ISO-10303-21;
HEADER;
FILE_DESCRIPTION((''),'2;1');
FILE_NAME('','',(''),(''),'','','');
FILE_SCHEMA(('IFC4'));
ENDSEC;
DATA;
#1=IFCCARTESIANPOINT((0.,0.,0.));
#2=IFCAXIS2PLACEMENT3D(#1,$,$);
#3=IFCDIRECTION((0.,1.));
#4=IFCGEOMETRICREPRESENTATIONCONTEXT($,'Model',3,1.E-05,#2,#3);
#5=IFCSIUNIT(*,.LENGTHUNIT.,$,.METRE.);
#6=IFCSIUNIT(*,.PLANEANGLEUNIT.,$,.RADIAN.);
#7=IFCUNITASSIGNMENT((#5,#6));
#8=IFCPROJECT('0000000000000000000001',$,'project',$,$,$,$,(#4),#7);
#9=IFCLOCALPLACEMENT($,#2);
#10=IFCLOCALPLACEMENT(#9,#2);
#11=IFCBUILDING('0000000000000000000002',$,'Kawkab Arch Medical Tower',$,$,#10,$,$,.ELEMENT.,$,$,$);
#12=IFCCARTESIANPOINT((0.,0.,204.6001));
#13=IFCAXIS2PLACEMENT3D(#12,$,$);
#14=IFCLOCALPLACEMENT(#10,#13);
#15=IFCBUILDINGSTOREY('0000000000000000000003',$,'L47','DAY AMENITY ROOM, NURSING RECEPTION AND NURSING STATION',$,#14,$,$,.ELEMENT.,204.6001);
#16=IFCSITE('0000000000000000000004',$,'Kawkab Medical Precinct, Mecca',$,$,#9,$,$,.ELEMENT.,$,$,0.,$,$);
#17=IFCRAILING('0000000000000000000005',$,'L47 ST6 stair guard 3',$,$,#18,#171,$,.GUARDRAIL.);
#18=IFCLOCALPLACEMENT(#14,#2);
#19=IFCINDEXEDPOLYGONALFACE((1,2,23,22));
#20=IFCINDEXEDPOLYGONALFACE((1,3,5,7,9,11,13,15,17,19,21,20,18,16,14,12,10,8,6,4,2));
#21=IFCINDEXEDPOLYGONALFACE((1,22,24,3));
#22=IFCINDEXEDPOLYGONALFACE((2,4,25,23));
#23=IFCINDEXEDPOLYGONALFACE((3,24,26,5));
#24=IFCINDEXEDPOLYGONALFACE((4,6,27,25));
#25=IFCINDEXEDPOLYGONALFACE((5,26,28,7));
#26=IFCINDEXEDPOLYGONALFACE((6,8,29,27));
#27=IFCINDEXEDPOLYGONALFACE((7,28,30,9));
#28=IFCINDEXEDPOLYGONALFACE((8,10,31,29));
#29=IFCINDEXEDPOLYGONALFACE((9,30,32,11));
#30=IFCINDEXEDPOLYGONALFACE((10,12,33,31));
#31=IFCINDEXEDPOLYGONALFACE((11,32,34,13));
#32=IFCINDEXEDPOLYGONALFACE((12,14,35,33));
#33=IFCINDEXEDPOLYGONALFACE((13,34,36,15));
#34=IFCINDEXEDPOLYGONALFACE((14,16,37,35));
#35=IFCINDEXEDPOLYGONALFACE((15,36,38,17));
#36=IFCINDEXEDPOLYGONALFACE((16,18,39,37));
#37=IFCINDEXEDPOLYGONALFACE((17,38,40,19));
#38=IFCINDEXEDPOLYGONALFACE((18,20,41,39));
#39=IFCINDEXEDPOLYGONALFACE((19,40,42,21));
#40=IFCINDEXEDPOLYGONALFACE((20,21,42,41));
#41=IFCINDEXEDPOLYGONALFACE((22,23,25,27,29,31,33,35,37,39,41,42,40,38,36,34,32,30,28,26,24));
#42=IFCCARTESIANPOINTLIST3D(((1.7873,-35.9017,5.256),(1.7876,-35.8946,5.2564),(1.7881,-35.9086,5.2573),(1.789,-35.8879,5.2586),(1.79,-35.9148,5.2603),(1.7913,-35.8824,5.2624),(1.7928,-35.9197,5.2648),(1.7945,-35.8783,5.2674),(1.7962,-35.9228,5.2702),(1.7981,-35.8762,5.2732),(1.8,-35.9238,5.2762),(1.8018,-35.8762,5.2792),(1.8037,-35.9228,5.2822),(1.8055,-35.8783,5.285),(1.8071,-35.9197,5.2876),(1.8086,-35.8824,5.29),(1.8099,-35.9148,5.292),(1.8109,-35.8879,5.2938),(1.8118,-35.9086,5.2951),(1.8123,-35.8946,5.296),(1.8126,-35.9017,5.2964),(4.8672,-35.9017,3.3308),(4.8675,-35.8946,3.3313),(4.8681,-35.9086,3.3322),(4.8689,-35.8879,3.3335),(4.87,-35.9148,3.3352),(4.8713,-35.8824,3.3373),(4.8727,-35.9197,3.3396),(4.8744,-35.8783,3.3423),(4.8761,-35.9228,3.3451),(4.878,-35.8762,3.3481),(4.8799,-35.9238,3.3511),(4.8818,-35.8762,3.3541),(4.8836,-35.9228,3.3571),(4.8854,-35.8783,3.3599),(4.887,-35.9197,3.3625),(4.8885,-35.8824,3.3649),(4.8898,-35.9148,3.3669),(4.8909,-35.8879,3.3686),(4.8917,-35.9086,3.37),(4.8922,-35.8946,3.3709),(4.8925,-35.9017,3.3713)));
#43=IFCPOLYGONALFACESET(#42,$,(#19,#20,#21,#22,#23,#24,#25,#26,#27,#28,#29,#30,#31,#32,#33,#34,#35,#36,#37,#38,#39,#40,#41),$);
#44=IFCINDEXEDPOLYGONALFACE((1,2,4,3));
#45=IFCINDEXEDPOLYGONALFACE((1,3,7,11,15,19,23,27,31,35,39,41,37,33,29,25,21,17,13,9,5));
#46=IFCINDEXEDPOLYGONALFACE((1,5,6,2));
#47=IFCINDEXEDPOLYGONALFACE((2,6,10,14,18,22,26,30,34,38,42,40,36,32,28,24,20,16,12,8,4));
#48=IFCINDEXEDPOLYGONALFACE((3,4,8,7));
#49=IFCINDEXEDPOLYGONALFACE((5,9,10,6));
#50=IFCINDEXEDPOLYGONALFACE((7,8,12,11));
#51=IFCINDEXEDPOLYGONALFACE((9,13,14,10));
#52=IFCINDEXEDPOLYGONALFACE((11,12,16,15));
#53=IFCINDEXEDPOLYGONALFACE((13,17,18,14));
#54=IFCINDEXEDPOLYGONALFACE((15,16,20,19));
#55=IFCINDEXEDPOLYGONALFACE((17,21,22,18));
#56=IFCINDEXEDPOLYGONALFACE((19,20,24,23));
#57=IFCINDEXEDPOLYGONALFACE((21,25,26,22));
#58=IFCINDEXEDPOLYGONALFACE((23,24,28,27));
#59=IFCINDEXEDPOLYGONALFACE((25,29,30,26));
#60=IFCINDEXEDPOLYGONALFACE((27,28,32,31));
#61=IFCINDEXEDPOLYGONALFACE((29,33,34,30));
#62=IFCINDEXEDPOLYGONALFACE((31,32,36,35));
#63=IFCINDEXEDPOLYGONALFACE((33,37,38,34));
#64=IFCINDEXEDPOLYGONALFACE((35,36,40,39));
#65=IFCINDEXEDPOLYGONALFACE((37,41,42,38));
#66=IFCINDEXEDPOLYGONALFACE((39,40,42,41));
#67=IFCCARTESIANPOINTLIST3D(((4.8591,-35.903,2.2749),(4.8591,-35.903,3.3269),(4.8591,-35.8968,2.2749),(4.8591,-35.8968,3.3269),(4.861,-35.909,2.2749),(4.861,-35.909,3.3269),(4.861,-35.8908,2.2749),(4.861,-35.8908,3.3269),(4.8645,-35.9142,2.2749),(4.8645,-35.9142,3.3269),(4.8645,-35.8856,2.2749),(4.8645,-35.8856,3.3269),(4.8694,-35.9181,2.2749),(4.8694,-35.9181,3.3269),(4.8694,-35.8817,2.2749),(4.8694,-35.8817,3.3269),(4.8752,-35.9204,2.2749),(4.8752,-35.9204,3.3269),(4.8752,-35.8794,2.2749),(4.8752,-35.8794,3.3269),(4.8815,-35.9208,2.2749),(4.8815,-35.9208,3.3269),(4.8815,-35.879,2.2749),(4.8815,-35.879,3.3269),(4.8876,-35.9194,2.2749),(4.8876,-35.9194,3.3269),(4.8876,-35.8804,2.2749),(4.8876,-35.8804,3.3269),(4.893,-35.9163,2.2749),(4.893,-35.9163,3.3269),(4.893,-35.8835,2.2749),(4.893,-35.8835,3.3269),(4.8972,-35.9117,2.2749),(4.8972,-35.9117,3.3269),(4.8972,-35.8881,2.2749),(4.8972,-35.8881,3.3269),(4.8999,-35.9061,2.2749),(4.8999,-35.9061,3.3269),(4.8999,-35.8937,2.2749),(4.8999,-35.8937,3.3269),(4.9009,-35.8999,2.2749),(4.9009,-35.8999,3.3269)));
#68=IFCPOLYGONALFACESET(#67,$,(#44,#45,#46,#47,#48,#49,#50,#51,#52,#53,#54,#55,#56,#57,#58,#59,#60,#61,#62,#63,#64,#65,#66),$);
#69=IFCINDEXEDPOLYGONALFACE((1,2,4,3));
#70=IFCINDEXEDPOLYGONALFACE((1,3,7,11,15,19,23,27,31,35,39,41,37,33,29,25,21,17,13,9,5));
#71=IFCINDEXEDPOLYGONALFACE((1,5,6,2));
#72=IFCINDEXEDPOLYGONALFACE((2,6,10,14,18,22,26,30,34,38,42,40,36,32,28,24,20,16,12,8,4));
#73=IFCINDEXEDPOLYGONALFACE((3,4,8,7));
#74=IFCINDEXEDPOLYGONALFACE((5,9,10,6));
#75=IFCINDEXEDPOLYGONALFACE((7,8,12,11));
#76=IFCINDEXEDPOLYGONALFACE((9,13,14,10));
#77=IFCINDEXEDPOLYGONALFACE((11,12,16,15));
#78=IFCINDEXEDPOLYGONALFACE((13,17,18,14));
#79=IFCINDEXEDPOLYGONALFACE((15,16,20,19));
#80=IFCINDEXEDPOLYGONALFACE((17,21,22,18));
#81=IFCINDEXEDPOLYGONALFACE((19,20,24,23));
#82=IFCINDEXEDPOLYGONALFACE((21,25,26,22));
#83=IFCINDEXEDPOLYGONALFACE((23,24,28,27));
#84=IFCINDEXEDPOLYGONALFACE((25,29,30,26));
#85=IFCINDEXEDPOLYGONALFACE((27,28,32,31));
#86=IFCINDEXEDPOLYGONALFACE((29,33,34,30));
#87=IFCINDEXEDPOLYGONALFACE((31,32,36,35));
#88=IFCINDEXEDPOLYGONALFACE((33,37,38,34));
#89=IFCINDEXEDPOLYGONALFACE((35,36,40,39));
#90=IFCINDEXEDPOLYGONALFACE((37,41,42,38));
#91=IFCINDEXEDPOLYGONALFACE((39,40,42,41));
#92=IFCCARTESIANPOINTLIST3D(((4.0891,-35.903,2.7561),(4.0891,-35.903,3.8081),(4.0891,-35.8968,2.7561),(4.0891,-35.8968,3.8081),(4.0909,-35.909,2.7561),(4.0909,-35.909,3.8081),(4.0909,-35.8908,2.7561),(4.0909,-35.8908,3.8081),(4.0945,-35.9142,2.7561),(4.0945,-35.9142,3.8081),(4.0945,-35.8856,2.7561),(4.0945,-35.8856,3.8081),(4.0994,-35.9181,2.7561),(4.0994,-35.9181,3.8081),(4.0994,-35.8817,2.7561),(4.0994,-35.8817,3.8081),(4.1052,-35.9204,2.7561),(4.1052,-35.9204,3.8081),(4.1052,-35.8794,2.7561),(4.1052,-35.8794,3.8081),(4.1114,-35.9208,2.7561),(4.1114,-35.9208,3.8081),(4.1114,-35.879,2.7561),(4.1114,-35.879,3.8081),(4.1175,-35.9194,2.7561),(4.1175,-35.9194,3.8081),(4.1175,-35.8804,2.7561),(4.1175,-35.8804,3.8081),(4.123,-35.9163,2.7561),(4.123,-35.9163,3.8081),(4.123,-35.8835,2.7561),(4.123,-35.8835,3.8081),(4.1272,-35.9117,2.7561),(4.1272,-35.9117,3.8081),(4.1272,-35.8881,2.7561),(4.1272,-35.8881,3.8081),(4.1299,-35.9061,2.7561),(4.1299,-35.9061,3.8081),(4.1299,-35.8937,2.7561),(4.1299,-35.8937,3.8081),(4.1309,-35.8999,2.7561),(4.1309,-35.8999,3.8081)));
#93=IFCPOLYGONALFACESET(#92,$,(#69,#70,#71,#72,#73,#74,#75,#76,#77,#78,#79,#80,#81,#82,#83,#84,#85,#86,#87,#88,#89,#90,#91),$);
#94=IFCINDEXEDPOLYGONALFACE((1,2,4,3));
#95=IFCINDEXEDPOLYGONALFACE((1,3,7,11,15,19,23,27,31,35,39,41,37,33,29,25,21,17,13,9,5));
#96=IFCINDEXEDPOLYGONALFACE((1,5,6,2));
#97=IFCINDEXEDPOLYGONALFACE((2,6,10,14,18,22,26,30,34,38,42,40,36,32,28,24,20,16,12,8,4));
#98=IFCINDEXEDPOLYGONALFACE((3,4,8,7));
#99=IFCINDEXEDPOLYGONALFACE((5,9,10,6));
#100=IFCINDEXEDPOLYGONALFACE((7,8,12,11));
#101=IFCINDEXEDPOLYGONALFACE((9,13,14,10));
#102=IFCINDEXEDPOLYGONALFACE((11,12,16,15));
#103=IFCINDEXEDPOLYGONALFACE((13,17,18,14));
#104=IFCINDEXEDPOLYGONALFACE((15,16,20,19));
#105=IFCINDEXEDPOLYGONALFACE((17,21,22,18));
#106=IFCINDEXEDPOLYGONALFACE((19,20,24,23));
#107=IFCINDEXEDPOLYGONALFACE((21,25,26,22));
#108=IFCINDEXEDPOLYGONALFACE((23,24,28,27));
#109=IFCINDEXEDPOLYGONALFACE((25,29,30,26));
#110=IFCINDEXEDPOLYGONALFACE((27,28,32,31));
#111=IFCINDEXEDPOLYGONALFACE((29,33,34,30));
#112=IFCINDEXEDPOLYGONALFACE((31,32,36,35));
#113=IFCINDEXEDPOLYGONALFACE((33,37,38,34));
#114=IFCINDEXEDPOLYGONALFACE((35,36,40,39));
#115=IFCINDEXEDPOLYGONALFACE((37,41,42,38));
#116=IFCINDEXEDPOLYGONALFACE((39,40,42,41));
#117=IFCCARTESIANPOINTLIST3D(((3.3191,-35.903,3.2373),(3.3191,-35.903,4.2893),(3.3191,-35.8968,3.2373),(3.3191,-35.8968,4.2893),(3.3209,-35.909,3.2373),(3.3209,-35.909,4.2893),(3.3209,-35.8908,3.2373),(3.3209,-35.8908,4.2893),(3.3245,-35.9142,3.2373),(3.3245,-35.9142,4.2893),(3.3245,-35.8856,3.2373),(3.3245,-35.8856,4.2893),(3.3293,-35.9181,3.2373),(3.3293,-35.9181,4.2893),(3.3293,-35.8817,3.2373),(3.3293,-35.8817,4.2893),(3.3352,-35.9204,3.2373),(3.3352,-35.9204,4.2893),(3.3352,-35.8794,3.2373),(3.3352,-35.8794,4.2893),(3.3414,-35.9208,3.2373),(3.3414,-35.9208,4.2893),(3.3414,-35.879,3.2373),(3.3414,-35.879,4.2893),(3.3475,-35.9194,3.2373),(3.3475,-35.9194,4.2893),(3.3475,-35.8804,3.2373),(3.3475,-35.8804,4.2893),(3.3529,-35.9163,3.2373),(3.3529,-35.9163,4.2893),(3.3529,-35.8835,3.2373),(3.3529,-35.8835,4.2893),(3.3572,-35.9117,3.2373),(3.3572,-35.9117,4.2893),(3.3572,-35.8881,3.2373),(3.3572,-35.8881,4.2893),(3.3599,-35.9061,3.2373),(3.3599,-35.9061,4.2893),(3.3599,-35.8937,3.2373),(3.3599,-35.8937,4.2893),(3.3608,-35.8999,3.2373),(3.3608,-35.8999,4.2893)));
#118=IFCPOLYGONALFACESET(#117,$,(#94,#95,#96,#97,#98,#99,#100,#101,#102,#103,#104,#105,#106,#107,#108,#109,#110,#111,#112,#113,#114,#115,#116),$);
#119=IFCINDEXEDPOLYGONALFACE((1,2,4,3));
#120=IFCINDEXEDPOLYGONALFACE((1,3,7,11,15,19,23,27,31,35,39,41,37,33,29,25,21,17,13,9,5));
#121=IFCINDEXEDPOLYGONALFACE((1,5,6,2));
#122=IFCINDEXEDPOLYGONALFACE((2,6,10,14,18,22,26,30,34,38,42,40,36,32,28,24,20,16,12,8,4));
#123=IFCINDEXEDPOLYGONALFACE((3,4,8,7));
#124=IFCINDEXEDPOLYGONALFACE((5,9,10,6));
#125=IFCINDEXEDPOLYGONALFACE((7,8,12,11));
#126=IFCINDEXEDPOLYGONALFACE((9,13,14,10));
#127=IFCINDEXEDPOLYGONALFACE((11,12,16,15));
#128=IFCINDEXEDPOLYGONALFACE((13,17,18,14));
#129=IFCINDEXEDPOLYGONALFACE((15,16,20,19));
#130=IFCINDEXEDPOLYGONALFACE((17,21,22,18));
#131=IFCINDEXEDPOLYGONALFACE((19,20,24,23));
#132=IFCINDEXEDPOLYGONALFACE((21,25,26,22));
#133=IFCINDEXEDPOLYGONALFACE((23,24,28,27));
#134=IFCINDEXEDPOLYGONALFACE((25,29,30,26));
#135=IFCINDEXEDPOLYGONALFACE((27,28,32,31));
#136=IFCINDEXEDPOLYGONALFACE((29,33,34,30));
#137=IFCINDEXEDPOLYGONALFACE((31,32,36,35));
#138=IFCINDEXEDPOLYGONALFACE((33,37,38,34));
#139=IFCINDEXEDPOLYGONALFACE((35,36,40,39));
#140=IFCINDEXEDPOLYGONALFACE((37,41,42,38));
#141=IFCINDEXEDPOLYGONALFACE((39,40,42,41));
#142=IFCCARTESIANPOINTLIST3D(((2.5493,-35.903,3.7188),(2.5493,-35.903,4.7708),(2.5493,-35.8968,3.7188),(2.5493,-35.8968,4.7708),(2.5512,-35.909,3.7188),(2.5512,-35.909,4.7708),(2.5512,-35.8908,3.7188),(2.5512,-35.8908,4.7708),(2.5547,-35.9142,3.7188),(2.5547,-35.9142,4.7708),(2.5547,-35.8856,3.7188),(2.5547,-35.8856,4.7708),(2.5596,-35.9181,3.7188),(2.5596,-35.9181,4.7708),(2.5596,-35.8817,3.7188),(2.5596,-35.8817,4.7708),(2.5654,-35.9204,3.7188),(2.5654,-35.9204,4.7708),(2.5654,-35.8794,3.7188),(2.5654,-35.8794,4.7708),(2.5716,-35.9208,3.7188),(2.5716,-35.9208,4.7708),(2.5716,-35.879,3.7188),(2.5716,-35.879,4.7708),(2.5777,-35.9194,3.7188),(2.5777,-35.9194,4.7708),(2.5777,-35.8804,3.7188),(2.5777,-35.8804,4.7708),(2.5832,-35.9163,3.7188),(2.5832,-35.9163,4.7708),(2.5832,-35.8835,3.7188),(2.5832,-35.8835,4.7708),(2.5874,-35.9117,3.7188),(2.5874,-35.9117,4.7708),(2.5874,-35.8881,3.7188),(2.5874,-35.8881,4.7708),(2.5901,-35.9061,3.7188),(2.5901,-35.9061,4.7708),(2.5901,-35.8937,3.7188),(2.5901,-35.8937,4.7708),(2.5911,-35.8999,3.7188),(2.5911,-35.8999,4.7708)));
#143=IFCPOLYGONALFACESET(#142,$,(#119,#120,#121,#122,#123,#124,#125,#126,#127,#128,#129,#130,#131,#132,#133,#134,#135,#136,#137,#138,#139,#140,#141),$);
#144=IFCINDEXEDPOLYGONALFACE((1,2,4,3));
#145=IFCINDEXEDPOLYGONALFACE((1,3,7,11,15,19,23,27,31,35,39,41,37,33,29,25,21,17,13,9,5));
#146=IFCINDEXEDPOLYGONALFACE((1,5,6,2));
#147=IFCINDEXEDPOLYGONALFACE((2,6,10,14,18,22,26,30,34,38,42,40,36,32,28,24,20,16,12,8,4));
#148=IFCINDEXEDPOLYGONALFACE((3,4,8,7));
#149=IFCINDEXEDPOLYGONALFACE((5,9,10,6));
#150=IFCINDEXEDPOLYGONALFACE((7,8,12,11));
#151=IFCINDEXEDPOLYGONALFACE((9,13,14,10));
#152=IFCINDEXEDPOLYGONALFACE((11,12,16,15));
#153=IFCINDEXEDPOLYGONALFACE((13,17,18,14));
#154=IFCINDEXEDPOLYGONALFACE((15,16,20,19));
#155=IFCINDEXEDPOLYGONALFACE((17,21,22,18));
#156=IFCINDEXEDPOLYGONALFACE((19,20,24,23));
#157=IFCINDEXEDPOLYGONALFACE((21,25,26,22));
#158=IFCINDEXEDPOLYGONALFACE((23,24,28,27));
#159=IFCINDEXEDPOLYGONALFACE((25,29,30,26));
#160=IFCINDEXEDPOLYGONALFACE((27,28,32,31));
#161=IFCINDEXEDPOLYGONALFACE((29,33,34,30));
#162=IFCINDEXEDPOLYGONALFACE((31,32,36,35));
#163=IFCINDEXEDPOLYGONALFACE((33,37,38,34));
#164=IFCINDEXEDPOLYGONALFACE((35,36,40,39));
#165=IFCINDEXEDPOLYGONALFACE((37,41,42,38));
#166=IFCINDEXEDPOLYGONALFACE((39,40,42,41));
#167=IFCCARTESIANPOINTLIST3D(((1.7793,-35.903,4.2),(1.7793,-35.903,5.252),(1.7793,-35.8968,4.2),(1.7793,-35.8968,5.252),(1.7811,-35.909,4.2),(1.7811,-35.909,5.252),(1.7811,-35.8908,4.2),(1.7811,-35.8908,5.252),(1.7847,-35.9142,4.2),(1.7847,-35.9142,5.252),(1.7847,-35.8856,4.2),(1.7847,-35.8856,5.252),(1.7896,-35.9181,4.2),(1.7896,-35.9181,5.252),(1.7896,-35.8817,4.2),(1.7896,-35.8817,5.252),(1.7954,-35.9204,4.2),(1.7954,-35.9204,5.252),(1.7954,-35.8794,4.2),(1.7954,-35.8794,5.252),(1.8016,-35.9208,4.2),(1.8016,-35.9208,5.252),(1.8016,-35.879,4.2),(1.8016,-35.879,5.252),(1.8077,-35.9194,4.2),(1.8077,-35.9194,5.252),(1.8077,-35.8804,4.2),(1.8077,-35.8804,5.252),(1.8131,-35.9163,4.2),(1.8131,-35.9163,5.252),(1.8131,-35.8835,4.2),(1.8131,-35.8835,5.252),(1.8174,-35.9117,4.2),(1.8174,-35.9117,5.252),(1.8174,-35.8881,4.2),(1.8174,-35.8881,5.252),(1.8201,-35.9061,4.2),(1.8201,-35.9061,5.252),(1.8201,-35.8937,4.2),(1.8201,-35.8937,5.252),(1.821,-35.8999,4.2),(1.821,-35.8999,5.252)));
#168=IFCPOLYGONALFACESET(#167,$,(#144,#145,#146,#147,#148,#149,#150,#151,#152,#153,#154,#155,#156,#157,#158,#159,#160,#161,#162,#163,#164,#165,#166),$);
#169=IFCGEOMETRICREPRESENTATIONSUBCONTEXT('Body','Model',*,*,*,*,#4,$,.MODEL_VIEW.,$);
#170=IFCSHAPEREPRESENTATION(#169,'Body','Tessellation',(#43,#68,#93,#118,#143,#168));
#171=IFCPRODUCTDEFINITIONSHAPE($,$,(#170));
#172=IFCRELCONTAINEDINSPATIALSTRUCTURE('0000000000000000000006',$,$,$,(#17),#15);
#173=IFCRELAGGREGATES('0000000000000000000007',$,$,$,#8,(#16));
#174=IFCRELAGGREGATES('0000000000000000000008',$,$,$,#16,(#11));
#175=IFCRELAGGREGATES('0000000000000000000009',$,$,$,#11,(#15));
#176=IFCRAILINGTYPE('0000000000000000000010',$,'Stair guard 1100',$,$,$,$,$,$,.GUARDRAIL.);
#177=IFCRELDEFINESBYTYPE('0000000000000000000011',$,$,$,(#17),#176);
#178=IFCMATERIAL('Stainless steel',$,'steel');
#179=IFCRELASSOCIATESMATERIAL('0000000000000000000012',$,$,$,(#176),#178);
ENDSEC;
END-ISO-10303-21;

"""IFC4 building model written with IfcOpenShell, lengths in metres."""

from ifc_helpers import new_model, si_unit, direction, frame, origin, origin_2d, place, context, subcontext, project, spatial, circle, extrude, material, type_object, element, save


model = new_model("IFC4")

# Units and contexts
model_context = context("Model", 3, precision=1e-05, world=origin(), true_north=direction((0.0, 1.0)))
body_context = subcontext(model_context, "Body", "Model", "MODEL_VIEW")
ifc_project = project(units=[si_unit("LENGTHUNIT", "METRE"), si_unit("PLANEANGLEUNIT", "RADIAN")], contexts=[model_context])

# Site, building, storey
site_placement = place(None, origin())
site = spatial("IfcSite", under=ifc_project, at=site_placement, Name="Kawkab Medical Precinct, Mecca", CompositionType="ELEMENT", RefElevation=0.0)
building_placement = place(site_placement, origin())
building = spatial("IfcBuilding", under=site, at=building_placement, Name="Kawkab Arch Medical Tower", CompositionType="ELEMENT")
storey_placement = place(building_placement, frame((0.0, 0.0, 204.6001)))
storey = spatial("IfcBuildingStorey", under=building, at=storey_placement, Name="L47", Description="DAY AMENITY ROOM, NURSING RECEPTION AND NURSING STATION", CompositionType="ELEMENT", Elevation=204.6001)

# Railing
ifc_material_1 = material(Name="Stainless steel", Category="steel")
railing_type = type_object("IfcRailingType", Name="Stair guard 1100", PredefinedType="GUARDRAIL", material=ifc_material_1)
railing_1_placement = place(storey_placement, frame((4.8799, -35.8999, 2.2749)))
element("IfcRailing", 1, at=railing_1_placement, inside=storey, type_object=railing_type, Name="L47 ST6 stair guard 3", PredefinedType="GUARDRAIL", context=body_context, shape_type="SweptSolid", body=[
    extrude(circle(Radius=0.0239, at=origin_2d()), frame((0.0, 0.0, 1.0762), z_axis=(-0.847979, 0.0, 0.530029), x_axis=(0.0, -1.0, 0.0)), (0.0, 0.0, 1.0), 3.6321),
    extrude(circle(Radius=0.021, at=origin_2d()), origin(), (0.0, 0.0, 1.0), 1.052),
    extrude(circle(Radius=0.021, at=origin_2d()), frame((-0.77, 0.0, 0.4812)), (0.0, 0.0, 1.0), 1.052),
    extrude(circle(Radius=0.021, at=origin_2d()), frame((-1.54, 0.0, 0.9624)), (0.0, 0.0, 1.0), 1.052),
    extrude(circle(Radius=0.021, at=origin_2d()), frame((-2.3098, 0.0, 1.4438)), (0.0, 0.0, 1.0), 1.052),
    extrude(circle(Radius=0.021, at=origin_2d()), frame((-3.0798, 0.0, 1.925)), (0.0, 0.0, 1.0), 1.052),
])

save(model, "model.ifc")
